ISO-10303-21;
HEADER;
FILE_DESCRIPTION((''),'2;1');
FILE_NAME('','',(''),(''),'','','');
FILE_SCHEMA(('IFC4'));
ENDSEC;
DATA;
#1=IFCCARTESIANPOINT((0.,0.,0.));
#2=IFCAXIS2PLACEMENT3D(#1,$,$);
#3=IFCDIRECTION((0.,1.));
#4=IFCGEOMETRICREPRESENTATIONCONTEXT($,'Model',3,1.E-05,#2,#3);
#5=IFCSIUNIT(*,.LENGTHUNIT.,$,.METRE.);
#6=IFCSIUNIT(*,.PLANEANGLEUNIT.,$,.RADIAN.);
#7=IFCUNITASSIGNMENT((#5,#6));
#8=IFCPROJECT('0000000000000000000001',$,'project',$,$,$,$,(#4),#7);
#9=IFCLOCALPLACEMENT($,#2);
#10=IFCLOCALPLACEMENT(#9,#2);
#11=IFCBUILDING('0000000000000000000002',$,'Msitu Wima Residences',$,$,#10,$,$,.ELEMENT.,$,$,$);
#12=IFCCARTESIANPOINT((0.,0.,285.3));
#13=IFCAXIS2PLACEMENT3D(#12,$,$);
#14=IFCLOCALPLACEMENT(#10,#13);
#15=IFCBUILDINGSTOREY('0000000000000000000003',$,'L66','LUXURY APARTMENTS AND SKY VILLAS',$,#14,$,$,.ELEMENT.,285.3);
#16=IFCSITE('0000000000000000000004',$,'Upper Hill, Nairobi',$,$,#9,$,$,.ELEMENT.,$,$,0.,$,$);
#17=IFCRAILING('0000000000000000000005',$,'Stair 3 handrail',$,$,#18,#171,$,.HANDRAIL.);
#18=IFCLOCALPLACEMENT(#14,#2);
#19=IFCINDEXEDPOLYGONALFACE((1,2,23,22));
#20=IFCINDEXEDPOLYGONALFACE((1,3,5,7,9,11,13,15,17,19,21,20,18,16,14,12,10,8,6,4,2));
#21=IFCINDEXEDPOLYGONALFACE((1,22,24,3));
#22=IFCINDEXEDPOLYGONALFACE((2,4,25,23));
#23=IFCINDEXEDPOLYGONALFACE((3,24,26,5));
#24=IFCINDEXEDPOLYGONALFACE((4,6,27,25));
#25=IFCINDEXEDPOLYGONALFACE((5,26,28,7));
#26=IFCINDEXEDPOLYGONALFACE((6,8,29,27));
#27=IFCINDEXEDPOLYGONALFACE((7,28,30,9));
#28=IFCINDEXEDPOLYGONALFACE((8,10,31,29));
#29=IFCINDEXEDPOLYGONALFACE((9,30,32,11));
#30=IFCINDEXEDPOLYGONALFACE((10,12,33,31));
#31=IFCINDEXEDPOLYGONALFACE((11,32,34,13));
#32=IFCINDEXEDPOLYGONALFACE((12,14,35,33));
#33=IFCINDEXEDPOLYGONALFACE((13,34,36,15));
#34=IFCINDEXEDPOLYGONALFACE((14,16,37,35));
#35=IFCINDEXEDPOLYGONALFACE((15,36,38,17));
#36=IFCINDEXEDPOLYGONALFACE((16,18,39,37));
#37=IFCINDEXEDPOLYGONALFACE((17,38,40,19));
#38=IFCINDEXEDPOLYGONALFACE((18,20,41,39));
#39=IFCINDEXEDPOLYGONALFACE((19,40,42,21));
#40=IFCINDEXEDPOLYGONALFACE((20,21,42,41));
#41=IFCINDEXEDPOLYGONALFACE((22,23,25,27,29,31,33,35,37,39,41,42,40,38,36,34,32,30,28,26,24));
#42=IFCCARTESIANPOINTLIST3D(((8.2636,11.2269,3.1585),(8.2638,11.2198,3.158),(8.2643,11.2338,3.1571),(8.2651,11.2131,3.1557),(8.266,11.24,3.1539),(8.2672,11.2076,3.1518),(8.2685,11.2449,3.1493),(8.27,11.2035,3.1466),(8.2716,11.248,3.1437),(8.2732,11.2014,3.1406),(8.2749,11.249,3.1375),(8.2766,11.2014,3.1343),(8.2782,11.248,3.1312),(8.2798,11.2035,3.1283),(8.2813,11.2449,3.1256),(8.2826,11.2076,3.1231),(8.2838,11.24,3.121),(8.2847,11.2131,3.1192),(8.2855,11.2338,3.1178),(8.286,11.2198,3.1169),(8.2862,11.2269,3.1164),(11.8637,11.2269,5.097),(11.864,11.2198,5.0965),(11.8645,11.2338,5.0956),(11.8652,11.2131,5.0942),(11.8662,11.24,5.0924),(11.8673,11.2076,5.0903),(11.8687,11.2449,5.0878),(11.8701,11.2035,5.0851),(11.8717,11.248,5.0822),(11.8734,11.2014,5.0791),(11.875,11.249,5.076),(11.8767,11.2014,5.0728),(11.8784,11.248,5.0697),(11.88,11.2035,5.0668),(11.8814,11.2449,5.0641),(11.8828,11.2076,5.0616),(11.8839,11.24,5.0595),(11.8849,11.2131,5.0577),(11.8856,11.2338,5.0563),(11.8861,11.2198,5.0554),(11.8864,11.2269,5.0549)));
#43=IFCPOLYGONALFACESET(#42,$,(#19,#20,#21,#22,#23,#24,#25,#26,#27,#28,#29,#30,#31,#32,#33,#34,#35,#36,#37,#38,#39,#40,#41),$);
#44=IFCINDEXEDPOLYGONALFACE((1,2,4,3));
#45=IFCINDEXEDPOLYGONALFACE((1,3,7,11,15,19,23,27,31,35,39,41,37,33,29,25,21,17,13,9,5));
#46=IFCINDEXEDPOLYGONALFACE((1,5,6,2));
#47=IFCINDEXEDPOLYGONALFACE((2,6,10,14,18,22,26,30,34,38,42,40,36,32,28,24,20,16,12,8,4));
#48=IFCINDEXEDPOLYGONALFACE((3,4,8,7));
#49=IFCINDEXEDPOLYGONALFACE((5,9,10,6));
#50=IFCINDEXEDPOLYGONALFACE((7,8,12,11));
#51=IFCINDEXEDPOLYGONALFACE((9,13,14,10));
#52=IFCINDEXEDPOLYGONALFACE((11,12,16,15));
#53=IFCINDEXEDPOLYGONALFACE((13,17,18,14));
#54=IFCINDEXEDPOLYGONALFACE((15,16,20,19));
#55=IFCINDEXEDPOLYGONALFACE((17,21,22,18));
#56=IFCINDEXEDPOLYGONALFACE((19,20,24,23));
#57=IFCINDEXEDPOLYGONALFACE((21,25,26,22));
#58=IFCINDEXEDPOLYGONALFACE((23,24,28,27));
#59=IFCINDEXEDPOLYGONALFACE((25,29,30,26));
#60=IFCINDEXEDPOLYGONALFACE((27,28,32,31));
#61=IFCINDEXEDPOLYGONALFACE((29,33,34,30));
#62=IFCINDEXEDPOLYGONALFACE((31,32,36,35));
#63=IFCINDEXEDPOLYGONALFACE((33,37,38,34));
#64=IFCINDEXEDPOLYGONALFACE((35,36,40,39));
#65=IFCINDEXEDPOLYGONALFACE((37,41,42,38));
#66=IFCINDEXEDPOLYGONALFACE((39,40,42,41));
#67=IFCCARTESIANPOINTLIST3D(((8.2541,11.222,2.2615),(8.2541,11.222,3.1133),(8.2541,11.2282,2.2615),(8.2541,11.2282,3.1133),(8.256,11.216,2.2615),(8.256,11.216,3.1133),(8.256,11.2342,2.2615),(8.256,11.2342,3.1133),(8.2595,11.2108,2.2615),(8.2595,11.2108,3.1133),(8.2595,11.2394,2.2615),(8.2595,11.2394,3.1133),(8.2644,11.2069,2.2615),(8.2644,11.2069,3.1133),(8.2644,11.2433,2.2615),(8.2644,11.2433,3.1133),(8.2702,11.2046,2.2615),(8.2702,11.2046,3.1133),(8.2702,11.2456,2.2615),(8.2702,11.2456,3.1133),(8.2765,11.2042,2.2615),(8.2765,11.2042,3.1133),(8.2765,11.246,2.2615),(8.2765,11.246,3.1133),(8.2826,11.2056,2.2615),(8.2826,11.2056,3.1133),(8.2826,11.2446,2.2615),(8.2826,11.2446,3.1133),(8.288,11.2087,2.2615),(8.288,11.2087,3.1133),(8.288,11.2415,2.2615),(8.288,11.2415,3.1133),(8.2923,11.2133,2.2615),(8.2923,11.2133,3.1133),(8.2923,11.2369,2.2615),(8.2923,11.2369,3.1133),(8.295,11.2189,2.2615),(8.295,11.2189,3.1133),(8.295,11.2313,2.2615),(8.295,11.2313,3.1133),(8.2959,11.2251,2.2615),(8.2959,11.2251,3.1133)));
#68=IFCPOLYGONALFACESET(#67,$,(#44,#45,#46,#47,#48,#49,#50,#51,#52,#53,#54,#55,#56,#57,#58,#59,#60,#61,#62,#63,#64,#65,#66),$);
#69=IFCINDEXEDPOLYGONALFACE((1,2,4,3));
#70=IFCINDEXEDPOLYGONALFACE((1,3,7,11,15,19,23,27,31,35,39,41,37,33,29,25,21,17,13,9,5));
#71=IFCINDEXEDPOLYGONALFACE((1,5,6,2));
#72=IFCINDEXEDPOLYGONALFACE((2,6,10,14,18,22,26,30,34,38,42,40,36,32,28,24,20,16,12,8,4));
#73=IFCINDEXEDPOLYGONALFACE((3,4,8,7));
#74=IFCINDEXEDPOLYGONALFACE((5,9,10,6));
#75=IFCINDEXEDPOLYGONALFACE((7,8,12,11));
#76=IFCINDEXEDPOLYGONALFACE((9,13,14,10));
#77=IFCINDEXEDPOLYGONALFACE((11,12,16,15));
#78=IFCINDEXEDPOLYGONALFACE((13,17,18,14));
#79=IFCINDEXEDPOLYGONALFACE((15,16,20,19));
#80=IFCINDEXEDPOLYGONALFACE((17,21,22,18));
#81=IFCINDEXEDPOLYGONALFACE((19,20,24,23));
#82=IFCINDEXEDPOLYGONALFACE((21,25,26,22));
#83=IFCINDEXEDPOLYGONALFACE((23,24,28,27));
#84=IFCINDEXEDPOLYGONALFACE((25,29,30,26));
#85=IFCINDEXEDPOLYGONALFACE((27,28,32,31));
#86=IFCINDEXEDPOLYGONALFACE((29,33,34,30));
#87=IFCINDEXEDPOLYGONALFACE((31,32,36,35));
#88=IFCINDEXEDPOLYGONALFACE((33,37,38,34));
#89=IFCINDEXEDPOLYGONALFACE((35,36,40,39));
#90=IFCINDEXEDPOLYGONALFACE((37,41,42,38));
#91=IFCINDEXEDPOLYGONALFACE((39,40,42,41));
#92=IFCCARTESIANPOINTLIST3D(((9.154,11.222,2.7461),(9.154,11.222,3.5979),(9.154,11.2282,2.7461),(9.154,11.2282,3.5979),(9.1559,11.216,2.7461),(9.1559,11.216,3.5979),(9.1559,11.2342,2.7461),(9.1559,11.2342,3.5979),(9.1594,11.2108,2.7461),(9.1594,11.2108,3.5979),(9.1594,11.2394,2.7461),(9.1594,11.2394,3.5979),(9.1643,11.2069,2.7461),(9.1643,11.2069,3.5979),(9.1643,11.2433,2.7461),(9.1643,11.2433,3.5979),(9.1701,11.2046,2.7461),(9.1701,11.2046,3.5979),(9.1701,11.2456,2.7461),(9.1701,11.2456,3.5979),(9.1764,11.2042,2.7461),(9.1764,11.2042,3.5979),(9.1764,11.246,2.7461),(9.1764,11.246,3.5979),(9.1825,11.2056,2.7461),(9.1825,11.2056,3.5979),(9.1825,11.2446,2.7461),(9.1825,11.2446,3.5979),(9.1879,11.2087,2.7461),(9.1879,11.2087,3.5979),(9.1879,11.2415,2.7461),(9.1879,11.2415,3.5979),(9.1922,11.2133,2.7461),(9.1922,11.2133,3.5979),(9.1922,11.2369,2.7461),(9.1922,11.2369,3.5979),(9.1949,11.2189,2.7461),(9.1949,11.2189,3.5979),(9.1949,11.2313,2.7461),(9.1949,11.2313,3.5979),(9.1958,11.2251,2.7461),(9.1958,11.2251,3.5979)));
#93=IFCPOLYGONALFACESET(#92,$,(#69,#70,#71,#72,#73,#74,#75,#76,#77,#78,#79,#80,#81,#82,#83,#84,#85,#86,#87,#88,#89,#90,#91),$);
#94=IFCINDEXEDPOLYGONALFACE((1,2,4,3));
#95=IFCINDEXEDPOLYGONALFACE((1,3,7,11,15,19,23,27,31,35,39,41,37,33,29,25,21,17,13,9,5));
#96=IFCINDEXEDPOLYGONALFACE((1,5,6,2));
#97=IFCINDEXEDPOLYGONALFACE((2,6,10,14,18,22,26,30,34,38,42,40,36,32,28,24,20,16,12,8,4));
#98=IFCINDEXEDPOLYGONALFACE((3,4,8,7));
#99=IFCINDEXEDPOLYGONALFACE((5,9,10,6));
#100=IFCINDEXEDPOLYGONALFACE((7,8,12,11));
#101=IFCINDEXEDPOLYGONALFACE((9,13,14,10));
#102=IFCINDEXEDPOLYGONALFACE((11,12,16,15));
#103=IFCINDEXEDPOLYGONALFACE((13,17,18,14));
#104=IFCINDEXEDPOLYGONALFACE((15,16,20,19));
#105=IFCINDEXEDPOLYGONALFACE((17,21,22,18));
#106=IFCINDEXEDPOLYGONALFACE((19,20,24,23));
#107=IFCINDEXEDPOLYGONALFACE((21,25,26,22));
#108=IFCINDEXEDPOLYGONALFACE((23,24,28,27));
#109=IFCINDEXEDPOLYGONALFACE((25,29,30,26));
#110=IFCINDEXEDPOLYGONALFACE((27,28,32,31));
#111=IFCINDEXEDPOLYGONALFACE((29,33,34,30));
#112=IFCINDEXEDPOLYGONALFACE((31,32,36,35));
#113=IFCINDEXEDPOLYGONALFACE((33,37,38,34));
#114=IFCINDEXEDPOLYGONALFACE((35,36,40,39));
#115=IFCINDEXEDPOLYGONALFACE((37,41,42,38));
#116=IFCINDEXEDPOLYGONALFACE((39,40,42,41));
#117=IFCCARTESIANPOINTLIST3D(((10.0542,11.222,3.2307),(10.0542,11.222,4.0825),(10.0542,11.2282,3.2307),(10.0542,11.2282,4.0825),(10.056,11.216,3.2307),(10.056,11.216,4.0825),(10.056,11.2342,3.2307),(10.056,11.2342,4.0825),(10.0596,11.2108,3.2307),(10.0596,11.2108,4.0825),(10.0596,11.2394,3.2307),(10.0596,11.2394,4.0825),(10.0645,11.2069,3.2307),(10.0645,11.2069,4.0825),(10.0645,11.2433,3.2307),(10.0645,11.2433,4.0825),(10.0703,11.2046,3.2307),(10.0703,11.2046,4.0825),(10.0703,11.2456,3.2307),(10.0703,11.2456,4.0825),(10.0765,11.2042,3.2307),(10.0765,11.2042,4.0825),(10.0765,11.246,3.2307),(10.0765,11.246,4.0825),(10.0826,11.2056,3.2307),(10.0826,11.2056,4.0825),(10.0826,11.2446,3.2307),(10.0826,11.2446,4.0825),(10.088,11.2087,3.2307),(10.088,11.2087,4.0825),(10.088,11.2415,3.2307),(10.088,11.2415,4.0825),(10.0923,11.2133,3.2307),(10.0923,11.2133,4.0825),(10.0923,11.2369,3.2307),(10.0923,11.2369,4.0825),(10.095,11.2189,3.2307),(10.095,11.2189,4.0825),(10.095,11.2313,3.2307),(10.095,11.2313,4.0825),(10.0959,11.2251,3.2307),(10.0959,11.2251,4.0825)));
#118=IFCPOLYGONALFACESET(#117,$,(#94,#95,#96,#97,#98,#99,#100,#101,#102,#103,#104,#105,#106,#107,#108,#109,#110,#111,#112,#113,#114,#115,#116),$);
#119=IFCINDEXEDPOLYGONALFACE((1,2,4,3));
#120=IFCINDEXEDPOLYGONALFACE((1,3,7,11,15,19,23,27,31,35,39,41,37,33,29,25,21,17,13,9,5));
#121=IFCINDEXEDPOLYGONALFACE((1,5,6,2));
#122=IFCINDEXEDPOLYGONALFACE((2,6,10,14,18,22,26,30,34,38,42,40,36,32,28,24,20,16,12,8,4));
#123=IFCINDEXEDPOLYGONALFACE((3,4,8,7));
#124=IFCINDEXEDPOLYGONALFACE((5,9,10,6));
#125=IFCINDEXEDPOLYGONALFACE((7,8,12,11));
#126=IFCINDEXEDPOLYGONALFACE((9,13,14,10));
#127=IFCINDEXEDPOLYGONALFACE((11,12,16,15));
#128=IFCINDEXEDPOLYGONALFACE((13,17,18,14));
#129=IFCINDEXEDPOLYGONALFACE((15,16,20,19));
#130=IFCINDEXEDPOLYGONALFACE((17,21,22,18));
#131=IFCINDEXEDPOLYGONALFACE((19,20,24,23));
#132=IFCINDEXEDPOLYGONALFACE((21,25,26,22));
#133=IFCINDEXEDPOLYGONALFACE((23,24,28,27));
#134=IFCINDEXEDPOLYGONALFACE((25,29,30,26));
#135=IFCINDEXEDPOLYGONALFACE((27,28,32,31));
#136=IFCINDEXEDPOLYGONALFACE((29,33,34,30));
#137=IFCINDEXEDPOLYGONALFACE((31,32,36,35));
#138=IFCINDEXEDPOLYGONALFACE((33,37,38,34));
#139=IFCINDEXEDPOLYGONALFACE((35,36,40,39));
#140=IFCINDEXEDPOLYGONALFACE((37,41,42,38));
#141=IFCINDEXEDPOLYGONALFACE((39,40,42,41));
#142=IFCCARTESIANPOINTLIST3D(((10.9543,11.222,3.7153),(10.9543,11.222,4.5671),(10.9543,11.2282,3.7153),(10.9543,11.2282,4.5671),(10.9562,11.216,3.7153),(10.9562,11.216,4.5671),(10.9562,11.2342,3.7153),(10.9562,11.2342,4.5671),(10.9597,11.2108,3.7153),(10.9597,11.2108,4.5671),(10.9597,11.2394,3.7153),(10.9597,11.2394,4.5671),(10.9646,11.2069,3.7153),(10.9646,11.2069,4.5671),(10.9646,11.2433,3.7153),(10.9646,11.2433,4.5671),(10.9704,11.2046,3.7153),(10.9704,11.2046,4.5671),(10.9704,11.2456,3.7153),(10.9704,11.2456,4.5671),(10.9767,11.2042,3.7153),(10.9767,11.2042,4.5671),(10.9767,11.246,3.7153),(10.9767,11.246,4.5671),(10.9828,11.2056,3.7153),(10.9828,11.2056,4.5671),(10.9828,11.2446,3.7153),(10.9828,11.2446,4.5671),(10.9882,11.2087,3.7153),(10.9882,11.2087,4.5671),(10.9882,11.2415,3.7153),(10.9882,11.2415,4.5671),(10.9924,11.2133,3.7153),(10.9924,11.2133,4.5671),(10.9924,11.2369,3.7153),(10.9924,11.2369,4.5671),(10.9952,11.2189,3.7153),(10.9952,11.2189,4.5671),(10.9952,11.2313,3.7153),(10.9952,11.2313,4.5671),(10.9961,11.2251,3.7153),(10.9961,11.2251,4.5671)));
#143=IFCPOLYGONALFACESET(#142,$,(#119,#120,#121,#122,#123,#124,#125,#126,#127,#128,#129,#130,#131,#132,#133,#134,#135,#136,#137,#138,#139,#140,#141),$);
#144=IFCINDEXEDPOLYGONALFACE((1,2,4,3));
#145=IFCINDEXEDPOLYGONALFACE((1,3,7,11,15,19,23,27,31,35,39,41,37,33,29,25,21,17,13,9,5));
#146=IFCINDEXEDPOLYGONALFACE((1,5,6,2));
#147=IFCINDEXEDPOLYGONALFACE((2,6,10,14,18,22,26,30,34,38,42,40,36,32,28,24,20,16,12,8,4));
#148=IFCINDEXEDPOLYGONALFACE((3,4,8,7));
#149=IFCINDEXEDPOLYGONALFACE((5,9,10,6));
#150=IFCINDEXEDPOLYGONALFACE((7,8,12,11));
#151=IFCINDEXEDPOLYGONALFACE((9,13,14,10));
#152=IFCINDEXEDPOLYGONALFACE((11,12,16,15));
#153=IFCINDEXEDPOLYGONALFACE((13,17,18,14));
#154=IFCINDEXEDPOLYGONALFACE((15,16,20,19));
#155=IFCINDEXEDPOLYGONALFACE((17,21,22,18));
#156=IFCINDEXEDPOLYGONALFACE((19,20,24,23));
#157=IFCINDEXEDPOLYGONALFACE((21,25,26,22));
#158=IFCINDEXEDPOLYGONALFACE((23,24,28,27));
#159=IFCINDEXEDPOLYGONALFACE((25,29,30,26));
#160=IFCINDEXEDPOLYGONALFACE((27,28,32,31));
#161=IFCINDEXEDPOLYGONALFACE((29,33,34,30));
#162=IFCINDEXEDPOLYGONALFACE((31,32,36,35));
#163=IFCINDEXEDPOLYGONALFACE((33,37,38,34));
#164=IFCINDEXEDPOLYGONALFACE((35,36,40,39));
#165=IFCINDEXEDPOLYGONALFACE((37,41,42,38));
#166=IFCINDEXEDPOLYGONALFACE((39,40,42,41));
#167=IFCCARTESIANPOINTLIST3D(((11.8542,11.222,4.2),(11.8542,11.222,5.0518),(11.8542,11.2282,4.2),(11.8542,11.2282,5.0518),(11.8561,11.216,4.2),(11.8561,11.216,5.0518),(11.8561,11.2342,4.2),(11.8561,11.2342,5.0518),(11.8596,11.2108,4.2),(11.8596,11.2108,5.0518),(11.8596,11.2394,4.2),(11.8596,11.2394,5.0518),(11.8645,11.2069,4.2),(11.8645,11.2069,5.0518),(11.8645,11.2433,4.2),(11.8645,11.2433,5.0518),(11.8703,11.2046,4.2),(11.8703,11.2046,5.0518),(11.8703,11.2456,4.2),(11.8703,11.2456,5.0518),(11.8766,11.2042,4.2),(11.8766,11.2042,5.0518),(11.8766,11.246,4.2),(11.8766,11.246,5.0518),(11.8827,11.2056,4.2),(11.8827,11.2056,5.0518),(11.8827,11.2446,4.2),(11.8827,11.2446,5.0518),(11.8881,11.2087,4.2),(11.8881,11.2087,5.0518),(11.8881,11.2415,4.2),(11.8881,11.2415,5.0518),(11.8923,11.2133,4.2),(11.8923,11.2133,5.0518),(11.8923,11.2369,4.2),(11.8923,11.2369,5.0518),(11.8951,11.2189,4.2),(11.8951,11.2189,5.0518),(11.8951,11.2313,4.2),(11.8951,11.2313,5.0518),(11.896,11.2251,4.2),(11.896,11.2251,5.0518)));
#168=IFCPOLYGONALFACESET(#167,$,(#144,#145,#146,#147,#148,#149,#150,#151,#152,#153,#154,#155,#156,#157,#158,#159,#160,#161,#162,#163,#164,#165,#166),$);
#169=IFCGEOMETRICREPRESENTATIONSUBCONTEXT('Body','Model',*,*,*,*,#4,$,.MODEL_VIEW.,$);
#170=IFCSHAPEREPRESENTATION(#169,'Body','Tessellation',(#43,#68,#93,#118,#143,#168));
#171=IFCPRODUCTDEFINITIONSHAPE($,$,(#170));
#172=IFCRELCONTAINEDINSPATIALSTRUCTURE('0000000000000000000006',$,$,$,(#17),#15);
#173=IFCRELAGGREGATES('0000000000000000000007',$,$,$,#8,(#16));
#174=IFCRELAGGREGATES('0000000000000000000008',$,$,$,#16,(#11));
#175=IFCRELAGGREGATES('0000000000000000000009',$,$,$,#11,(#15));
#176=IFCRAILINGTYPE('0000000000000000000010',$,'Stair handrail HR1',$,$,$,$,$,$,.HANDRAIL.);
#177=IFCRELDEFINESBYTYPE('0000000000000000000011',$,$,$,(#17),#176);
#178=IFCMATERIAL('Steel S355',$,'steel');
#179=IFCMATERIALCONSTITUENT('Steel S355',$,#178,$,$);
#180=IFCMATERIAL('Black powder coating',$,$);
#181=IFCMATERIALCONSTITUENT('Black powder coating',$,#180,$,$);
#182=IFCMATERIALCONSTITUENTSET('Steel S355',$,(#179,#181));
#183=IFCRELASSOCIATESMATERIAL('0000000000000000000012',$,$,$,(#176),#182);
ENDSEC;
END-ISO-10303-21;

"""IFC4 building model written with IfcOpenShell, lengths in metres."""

from ifc_helpers import new_model, si_unit, direction, frame, origin, origin_2d, place, context, subcontext, project, spatial, circle, extrude, material, constituent, constituent_set, type_object, element, save


model = new_model("IFC4")

# Units and contexts
model_context = context("Model", 3, precision=1e-05, world=origin(), true_north=direction((0.0, 1.0)))
body_context = subcontext(model_context, "Body", "Model", "MODEL_VIEW")
ifc_project = project(units=[si_unit("LENGTHUNIT", "METRE"), si_unit("PLANEANGLEUNIT", "RADIAN")], contexts=[model_context])

# Site, building, storey
site_placement = place(None, origin())
site = spatial("IfcSite", under=ifc_project, at=site_placement, Name="Upper Hill, Nairobi", CompositionType="ELEMENT", RefElevation=0.0)
building_placement = place(site_placement, origin())
building = spatial("IfcBuilding", under=site, at=building_placement, Name="Msitu Wima Residences", CompositionType="ELEMENT")
storey_placement = place(building_placement, frame((0.0, 0.0, 285.3)))
storey = spatial("IfcBuildingStorey", under=building, at=storey_placement, Name="L66", Description="LUXURY APARTMENTS AND SKY VILLAS", CompositionType="ELEMENT", Elevation=285.3)

# Railing
ifc_material_1 = material(Name="Steel S355", Category="steel")
ifc_constituent_1 = constituent(ifc_material_1, Name="Steel S355")
ifc_material_2 = material(Name="Black powder coating")
ifc_constituent_2 = constituent(ifc_material_2, Name="Black powder coating")
ifc_constituent_set = constituent_set(constituents=[ifc_constituent_1, ifc_constituent_2], Name="Steel S355")
railing_type = type_object("IfcRailingType", Name="Stair handrail HR1", PredefinedType="HANDRAIL", material=ifc_constituent_set)
for number, where, name in (
    (1, (8.2749, 11.2251, 2.2615), "Stair 3 handrail"),
):
    element("IfcRailing", number, at=place(storey_placement, frame(where)), inside=storey, type_object=railing_type, Name=name, PredefinedType="HANDRAIL", context=body_context, shape_type="SweptSolid", body=[
        extrude(circle(Radius=0.0239, at=origin_2d()), frame((0.0, 0.0, 0.876), z_axis=(0.880475, 0.0, 0.474093), x_axis=(0.0, 1.0, 0.0)), (0.0, 0.0, 1.0), 4.0889),
        extrude(circle(Radius=0.021, at=origin_2d()), origin(), (0.0, 0.0, 1.0), 0.8518),
        extrude(circle(Radius=0.021, at=origin_2d()), frame((0.8999, 0.0, 0.4846)), (0.0, 0.0, 1.0), 0.8518),
        extrude(circle(Radius=0.021, at=origin_2d()), frame((1.8, 0.0, 0.9692)), (0.0, 0.0, 1.0), 0.8518),
        extrude(circle(Radius=0.021, at=origin_2d()), frame((2.7002, 0.0, 1.4539)), (0.0, 0.0, 1.0), 0.8518),
        extrude(circle(Radius=0.021, at=origin_2d()), frame((3.6001, 0.0, 1.9385)), (0.0, 0.0, 1.0), 0.8518),
    ])

save(model, "model.ifc")
